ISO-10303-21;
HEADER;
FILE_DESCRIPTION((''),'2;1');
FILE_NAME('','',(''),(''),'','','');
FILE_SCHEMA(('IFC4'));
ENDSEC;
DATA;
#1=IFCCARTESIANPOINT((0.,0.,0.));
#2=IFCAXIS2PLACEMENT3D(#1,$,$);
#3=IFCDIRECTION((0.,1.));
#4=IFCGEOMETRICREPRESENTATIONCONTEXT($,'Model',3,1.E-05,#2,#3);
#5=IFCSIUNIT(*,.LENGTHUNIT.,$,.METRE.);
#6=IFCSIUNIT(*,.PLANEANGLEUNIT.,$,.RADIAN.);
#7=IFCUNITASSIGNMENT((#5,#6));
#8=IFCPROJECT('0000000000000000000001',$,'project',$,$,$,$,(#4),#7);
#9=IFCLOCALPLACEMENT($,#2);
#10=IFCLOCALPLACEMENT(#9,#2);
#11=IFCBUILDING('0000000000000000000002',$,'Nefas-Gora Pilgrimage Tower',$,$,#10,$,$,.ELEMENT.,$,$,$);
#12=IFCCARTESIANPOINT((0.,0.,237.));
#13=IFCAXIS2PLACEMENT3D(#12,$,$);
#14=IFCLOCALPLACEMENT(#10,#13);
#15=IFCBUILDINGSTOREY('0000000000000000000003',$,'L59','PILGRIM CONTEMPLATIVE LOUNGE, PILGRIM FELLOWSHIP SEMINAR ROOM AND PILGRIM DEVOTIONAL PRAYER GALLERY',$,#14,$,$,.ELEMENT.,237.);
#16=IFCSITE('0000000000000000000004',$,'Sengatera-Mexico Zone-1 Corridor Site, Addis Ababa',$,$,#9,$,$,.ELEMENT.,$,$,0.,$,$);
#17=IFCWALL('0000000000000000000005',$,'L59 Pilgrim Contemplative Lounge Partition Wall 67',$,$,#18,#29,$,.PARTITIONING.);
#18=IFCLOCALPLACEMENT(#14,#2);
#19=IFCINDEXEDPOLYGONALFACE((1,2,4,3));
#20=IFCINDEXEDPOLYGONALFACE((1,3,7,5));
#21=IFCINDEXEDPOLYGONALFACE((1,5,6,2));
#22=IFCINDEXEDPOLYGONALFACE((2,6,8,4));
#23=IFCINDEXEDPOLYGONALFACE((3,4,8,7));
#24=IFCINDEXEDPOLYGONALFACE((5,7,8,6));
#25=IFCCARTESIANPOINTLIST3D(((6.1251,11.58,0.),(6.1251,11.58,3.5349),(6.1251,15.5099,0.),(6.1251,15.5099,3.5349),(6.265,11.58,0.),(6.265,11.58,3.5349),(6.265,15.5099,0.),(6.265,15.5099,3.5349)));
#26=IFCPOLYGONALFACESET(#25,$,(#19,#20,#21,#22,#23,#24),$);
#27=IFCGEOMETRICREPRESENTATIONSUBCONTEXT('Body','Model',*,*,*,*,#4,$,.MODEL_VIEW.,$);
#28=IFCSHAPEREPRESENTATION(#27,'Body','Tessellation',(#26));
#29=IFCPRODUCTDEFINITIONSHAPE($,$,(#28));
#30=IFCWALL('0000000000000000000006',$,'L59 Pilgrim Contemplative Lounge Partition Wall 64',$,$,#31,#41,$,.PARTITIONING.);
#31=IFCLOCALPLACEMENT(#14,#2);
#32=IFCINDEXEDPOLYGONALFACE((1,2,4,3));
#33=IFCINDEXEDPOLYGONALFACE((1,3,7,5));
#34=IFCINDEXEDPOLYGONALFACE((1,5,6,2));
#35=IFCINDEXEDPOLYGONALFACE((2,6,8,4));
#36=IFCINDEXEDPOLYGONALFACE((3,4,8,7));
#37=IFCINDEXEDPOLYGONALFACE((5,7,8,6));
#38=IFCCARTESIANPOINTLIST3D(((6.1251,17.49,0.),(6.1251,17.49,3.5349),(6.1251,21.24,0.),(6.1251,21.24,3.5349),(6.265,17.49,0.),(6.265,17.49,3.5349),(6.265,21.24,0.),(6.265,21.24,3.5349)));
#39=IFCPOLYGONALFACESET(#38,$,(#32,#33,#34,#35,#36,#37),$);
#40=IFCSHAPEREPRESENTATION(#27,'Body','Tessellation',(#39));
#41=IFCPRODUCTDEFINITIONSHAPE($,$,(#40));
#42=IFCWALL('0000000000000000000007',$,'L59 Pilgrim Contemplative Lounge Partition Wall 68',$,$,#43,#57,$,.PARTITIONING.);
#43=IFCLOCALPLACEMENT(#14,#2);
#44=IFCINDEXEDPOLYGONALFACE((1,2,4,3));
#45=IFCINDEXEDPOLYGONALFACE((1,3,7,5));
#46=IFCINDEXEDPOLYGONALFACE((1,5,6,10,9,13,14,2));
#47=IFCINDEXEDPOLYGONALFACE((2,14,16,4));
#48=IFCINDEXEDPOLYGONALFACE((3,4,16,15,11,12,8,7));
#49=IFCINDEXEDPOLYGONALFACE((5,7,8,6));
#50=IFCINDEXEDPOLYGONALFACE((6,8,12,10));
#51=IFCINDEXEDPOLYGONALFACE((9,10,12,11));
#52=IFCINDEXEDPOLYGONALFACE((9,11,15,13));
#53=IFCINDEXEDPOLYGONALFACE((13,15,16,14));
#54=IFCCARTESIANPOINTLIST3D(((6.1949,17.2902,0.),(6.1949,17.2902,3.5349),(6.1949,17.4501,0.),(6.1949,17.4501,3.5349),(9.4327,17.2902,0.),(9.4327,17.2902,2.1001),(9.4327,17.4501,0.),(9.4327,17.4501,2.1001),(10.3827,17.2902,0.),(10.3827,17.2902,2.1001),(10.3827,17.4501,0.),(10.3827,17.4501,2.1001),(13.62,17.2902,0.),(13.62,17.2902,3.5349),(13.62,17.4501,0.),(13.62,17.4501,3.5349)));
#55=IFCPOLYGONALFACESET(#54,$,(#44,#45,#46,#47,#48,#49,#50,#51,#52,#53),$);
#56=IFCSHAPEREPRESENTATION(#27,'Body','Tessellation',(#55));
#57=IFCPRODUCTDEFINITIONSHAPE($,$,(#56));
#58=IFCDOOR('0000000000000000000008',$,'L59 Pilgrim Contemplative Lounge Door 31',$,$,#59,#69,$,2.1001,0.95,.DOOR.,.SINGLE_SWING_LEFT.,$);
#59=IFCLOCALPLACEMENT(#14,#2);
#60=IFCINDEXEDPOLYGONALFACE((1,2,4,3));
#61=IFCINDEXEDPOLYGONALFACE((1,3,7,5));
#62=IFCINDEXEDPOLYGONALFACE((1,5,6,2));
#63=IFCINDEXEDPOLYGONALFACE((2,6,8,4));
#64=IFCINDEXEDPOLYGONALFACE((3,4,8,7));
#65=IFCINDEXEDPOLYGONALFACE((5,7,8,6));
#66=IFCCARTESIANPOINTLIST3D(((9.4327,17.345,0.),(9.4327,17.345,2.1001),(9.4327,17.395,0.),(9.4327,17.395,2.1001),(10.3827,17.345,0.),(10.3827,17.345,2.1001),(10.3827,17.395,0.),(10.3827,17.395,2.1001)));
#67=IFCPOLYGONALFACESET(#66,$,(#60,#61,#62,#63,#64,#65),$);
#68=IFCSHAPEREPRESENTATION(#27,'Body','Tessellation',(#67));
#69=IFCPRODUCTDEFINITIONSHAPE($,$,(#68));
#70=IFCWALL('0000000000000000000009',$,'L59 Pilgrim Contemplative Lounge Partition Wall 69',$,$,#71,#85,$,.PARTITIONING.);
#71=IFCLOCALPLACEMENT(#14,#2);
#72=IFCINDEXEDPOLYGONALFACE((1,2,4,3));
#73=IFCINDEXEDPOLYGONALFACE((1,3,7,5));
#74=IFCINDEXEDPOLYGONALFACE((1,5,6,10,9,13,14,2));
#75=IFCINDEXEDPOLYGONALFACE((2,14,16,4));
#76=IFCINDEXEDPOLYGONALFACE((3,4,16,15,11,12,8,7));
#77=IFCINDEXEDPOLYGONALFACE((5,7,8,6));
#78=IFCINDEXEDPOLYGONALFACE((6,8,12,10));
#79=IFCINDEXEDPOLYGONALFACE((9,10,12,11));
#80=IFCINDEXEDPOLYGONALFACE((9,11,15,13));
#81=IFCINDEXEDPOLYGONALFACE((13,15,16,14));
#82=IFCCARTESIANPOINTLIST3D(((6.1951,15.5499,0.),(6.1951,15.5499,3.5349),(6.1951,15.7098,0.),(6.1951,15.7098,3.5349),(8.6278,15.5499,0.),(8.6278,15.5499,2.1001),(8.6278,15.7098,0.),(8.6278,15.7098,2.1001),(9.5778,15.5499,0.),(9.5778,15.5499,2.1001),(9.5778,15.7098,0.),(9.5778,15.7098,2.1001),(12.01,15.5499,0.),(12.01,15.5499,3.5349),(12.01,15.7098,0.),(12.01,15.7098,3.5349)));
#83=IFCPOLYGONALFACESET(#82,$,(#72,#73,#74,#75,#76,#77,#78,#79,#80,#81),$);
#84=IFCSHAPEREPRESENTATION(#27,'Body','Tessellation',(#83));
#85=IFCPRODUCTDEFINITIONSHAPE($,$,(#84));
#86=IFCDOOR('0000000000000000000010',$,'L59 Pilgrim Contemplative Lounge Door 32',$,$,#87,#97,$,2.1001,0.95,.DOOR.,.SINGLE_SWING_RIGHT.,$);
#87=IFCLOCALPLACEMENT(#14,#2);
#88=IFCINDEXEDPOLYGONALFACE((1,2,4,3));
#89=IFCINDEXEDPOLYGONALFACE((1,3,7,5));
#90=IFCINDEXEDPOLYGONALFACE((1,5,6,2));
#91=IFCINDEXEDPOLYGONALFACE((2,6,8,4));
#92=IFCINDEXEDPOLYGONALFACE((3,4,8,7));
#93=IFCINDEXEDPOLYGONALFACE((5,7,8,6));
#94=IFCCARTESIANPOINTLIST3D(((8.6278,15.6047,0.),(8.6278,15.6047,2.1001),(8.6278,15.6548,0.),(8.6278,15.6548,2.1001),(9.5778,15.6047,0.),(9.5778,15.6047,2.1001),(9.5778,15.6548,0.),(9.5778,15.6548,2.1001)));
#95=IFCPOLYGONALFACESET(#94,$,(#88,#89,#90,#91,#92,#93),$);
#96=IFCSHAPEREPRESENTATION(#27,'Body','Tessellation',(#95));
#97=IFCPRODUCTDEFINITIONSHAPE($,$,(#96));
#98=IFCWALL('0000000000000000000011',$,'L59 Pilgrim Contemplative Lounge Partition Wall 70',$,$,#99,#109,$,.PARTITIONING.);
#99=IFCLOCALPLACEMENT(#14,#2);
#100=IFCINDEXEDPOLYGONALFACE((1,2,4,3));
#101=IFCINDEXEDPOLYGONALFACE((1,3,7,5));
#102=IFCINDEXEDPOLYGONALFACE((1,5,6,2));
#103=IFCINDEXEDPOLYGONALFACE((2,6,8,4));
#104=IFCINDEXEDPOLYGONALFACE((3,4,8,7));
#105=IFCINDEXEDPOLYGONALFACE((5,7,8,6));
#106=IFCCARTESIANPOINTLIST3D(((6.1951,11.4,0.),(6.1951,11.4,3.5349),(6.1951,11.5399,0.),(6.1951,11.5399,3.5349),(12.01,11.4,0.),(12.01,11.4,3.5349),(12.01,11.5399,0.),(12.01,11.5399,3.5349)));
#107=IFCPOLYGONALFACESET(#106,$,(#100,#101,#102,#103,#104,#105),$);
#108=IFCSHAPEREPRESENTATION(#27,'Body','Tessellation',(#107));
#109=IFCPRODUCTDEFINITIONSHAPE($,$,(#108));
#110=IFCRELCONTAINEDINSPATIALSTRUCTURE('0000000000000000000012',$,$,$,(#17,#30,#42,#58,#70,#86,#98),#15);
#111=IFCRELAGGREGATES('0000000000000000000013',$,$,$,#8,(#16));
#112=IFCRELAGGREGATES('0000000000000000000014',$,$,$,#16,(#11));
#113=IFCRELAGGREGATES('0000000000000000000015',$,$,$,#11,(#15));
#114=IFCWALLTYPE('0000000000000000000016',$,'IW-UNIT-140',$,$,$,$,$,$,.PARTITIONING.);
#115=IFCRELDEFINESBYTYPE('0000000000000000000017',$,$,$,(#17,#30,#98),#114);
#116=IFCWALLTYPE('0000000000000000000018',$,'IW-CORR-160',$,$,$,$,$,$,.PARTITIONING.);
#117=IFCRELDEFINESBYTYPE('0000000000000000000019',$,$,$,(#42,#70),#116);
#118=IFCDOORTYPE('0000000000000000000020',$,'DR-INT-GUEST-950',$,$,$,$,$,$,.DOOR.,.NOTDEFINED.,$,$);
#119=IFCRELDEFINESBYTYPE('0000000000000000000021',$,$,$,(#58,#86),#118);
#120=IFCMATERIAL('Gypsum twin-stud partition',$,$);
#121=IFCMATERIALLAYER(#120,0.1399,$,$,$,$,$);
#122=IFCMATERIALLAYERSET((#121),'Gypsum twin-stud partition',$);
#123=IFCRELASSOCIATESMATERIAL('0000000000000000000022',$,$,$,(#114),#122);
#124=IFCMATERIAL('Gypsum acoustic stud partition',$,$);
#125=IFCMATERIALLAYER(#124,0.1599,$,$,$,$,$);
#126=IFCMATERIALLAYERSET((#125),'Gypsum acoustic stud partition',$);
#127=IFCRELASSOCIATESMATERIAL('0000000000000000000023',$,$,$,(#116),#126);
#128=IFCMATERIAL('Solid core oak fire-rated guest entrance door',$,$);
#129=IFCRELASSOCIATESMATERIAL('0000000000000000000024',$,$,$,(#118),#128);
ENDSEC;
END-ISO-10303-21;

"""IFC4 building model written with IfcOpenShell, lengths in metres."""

from ifc_helpers import new_model, si_unit, direction, frame, frame_2d, origin, place, context, subcontext, project, spatial, rectangle, extrude, source, transform, mapped, material, layer, layer_set, type_object, element, fill, save


model = new_model("IFC4")

# Units and contexts
model_context = context("Model", 3, precision=1e-05, world=origin(), true_north=direction((0.0, 1.0)))
body_context = subcontext(model_context, "Body", "Model", "MODEL_VIEW")
ifc_project = project(units=[si_unit("LENGTHUNIT", "METRE"), si_unit("PLANEANGLEUNIT", "RADIAN")], contexts=[model_context])

# Site, building, storey
site_placement = place(None, origin())
site = spatial("IfcSite", under=ifc_project, at=site_placement, Name="Sengatera-Mexico Zone-1 Corridor Site, Addis Ababa", CompositionType="ELEMENT", RefElevation=0.0)
building_placement = place(site_placement, origin())
building = spatial("IfcBuilding", under=site, at=building_placement, Name="Nefas-Gora Pilgrimage Tower", CompositionType="ELEMENT")
storey_placement = place(building_placement, frame((0.0, 0.0, 237.0)))
storey = spatial("IfcBuildingStorey", under=building, at=storey_placement, Name="L59", Description="PILGRIM CONTEMPLATIVE LOUNGE, PILGRIM FELLOWSHIP SEMINAR ROOM AND PILGRIM DEVOTIONAL PRAYER GALLERY", CompositionType="ELEMENT", Elevation=237.0)

# Walls
ifc_material_1 = material(Name="Gypsum twin-stud partition")
ifc_layer_1 = layer(ifc_material_1, 0.1399)
ifc_layer_set_1 = layer_set([ifc_layer_1], Name="Gypsum twin-stud partition")
wall_type_1 = type_object("IfcWallType", Name="IW-UNIT-140", PredefinedType="PARTITIONING", material=ifc_layer_set_1)
shared_shape_1 = source(origin(), body_context, "Body", "SweptSolid", [
    extrude(rectangle(XDim=3.9299, YDim=0.1399, at=frame_2d((1.9648, 0.0))), origin(), (0.0, 0.0, 1.0), 3.5349),
])
wall_1_placement = place(storey_placement, frame((6.1951, 11.5801, 0.0), z_axis=(0.0, 0.0, 1.0), x_axis=(0.0, 1.0, 0.0)))
element("IfcWall", 1, at=wall_1_placement, inside=storey, type_object=wall_type_1, Name="L59 Pilgrim Contemplative Lounge Partition Wall 67", PredefinedType="PARTITIONING", context=body_context, shape_type="MappedRepresentation", body=[
    mapped(shared_shape_1, transform((0.0, 0.0, 0.0), x_axis=(1.0, 0.0, 0.0), y_axis=(0.0, 1.0, 0.0), z_axis=(0.0, 0.0, 1.0), scale=1.0)),
])
shared_shape_2 = source(origin(), body_context, "Body", "SweptSolid", [
    extrude(rectangle(XDim=3.75, YDim=0.1399, at=frame_2d((1.875, 0.0))), origin(), (0.0, 0.0, 1.0), 3.5349),
])
wall_2_placement = place(storey_placement, frame((6.1951, 17.49, 0.0), z_axis=(0.0, 0.0, 1.0), x_axis=(0.0, 1.0, 0.0)))
element("IfcWall", 2, at=wall_2_placement, inside=storey, type_object=wall_type_1, Name="L59 Pilgrim Contemplative Lounge Partition Wall 64", PredefinedType="PARTITIONING", context=body_context, shape_type="MappedRepresentation", body=[
    mapped(shared_shape_2, transform((0.0, 0.0, 0.0), x_axis=(1.0, 0.0, 0.0), y_axis=(0.0, 1.0, 0.0), z_axis=(0.0, 0.0, 1.0), scale=1.0)),
])

# Walls, openings, doors
ifc_material_2 = material(Name="Gypsum acoustic stud partition")
ifc_layer_2 = layer(ifc_material_2, 0.1599)
ifc_layer_set_2 = layer_set([ifc_layer_2], Name="Gypsum acoustic stud partition")
wall_type_2 = type_object("IfcWallType", Name="IW-CORR-160", PredefinedType="PARTITIONING", material=ifc_layer_set_2)
shared_shape_3 = source(origin(), body_context, "Body", "SweptSolid", [
    extrude(rectangle(XDim=7.425, YDim=0.1599, at=frame_2d((3.7124, 0.0))), origin(), (0.0, 0.0, 1.0), 3.5349),
])
wall_3_placement = place(storey_placement, frame((6.1951, 17.3701, 0.0), z_axis=(0.0, 0.0, 1.0), x_axis=(1.0, 0.0, 0.0)))
wall_3 = element("IfcWall", 3, at=wall_3_placement, inside=storey, type_object=wall_type_2, Name="L59 Pilgrim Contemplative Lounge Partition Wall 68", PredefinedType="PARTITIONING", context=body_context, shape_type="MappedRepresentation", body=[
    mapped(shared_shape_3, transform((0.0, 0.0, 0.0), x_axis=(1.0, 0.0, 0.0), y_axis=(0.0, 1.0, 0.0), z_axis=(0.0, 0.0, 1.0), scale=1.0)),
])
opening_1_placement = place(wall_3_placement, frame((3.2375, 0.0, 0.0)))
opening_1 = element("IfcOpeningElement", 4, at=opening_1_placement, cuts=wall_3, PredefinedType="OPENING", context=body_context, shape_type="SweptSolid", body=[
    extrude(rectangle(XDim=0.95, YDim=2.1001, at=frame_2d((0.4751, 1.05))), frame((0.0, 0.0898, 0.0), z_axis=(0.0, -1.0, 0.0), x_axis=(1.0, 0.0, 0.0)), (0.0, 0.0, 1.0), 0.1799),
])
ifc_material_3 = material(Name="Solid core oak fire-rated guest entrance door")
door_type = type_object("IfcDoorType", Name="DR-INT-GUEST-950", OperationType="NOTDEFINED", PredefinedType="DOOR", material=ifc_material_3)
shared_shape_4 = source(origin(), body_context, "Body", "SweptSolid", [
    extrude(rectangle(XDim=0.95, YDim=2.1001, at=frame_2d((0.4751, 1.05))), frame((0.0, 0.0249, 0.0), z_axis=(0.0, -1.0, 0.0), x_axis=(1.0, 0.0, 0.0)), (0.0, 0.0, 1.0), 0.05),
])
door_1_placement = place(opening_1_placement, origin())
door_1 = element("IfcDoor", 5, at=door_1_placement, inside=storey, type_object=door_type, Name="L59 Pilgrim Contemplative Lounge Door 31", OperationType="SINGLE_SWING_LEFT", OverallHeight=2.1001, OverallWidth=0.95, PredefinedType="DOOR", context=body_context, shape_type="MappedRepresentation", body=[
    mapped(shared_shape_4, transform((0.0, 0.0, 0.0), x_axis=(1.0, 0.0, 0.0), y_axis=(0.0, 1.0, 0.0), z_axis=(0.0, 0.0, 1.0), scale=1.0)),
])
fill(opening_1, door_1)
shared_shape_5 = source(origin(), body_context, "Body", "SweptSolid", [
    extrude(rectangle(XDim=5.8149, YDim=0.1599, at=frame_2d((2.9075, 0.0))), origin(), (0.0, 0.0, 1.0), 3.5349),
])
wall_4_placement = place(storey_placement, frame((6.1951, 15.6299, 0.0), z_axis=(0.0, 0.0, 1.0), x_axis=(1.0, 0.0, 0.0)))
wall_4 = element("IfcWall", 6, at=wall_4_placement, inside=storey, type_object=wall_type_2, Name="L59 Pilgrim Contemplative Lounge Partition Wall 69", PredefinedType="PARTITIONING", context=body_context, shape_type="MappedRepresentation", body=[
    mapped(shared_shape_5, transform((0.0, 0.0, 0.0), x_axis=(1.0, 0.0, 0.0), y_axis=(0.0, 1.0, 0.0), z_axis=(0.0, 0.0, 1.0), scale=1.0)),
])
opening_2_placement = place(wall_4_placement, frame((2.4326, 0.0, 0.0)))
opening_2 = element("IfcOpeningElement", 7, at=opening_2_placement, cuts=wall_4, PredefinedType="OPENING", context=body_context, shape_type="SweptSolid", body=[
    extrude(rectangle(XDim=0.95, YDim=2.1001, at=frame_2d((0.4751, 1.05))), frame((0.0, 0.0898, 0.0), z_axis=(0.0, -1.0, 0.0), x_axis=(1.0, 0.0, 0.0)), (0.0, 0.0, 1.0), 0.1799),
])
door_2_placement = place(opening_2_placement, origin())
door_2 = element("IfcDoor", 8, at=door_2_placement, inside=storey, type_object=door_type, Name="L59 Pilgrim Contemplative Lounge Door 32", OperationType="SINGLE_SWING_RIGHT", OverallHeight=2.1001, OverallWidth=0.95, PredefinedType="DOOR", context=body_context, shape_type="MappedRepresentation", body=[
    mapped(shared_shape_4, transform((0.0, 0.0, 0.0), x_axis=(1.0, 0.0, 0.0), y_axis=(0.0, 1.0, 0.0), z_axis=(0.0, 0.0, 1.0), scale=1.0)),
])
fill(opening_2, door_2)

# Wall
shared_shape_6 = source(origin(), body_context, "Body", "SweptSolid", [
    extrude(rectangle(XDim=5.8149, YDim=0.1399, at=frame_2d((2.9075, 0.0))), origin(), (0.0, 0.0, 1.0), 3.5349),
])
wall_5_placement = place(storey_placement, frame((6.1951, 11.47, 0.0), z_axis=(0.0, 0.0, 1.0), x_axis=(1.0, 0.0, 0.0)))
element("IfcWall", 9, at=wall_5_placement, inside=storey, type_object=wall_type_1, Name="L59 Pilgrim Contemplative Lounge Partition Wall 70", PredefinedType="PARTITIONING", context=body_context, shape_type="MappedRepresentation", body=[
    mapped(shared_shape_6, transform((0.0, 0.0, 0.0), x_axis=(1.0, 0.0, 0.0), y_axis=(0.0, 1.0, 0.0), z_axis=(0.0, 0.0, 1.0), scale=1.0)),
])

save(model, "model.ifc")
